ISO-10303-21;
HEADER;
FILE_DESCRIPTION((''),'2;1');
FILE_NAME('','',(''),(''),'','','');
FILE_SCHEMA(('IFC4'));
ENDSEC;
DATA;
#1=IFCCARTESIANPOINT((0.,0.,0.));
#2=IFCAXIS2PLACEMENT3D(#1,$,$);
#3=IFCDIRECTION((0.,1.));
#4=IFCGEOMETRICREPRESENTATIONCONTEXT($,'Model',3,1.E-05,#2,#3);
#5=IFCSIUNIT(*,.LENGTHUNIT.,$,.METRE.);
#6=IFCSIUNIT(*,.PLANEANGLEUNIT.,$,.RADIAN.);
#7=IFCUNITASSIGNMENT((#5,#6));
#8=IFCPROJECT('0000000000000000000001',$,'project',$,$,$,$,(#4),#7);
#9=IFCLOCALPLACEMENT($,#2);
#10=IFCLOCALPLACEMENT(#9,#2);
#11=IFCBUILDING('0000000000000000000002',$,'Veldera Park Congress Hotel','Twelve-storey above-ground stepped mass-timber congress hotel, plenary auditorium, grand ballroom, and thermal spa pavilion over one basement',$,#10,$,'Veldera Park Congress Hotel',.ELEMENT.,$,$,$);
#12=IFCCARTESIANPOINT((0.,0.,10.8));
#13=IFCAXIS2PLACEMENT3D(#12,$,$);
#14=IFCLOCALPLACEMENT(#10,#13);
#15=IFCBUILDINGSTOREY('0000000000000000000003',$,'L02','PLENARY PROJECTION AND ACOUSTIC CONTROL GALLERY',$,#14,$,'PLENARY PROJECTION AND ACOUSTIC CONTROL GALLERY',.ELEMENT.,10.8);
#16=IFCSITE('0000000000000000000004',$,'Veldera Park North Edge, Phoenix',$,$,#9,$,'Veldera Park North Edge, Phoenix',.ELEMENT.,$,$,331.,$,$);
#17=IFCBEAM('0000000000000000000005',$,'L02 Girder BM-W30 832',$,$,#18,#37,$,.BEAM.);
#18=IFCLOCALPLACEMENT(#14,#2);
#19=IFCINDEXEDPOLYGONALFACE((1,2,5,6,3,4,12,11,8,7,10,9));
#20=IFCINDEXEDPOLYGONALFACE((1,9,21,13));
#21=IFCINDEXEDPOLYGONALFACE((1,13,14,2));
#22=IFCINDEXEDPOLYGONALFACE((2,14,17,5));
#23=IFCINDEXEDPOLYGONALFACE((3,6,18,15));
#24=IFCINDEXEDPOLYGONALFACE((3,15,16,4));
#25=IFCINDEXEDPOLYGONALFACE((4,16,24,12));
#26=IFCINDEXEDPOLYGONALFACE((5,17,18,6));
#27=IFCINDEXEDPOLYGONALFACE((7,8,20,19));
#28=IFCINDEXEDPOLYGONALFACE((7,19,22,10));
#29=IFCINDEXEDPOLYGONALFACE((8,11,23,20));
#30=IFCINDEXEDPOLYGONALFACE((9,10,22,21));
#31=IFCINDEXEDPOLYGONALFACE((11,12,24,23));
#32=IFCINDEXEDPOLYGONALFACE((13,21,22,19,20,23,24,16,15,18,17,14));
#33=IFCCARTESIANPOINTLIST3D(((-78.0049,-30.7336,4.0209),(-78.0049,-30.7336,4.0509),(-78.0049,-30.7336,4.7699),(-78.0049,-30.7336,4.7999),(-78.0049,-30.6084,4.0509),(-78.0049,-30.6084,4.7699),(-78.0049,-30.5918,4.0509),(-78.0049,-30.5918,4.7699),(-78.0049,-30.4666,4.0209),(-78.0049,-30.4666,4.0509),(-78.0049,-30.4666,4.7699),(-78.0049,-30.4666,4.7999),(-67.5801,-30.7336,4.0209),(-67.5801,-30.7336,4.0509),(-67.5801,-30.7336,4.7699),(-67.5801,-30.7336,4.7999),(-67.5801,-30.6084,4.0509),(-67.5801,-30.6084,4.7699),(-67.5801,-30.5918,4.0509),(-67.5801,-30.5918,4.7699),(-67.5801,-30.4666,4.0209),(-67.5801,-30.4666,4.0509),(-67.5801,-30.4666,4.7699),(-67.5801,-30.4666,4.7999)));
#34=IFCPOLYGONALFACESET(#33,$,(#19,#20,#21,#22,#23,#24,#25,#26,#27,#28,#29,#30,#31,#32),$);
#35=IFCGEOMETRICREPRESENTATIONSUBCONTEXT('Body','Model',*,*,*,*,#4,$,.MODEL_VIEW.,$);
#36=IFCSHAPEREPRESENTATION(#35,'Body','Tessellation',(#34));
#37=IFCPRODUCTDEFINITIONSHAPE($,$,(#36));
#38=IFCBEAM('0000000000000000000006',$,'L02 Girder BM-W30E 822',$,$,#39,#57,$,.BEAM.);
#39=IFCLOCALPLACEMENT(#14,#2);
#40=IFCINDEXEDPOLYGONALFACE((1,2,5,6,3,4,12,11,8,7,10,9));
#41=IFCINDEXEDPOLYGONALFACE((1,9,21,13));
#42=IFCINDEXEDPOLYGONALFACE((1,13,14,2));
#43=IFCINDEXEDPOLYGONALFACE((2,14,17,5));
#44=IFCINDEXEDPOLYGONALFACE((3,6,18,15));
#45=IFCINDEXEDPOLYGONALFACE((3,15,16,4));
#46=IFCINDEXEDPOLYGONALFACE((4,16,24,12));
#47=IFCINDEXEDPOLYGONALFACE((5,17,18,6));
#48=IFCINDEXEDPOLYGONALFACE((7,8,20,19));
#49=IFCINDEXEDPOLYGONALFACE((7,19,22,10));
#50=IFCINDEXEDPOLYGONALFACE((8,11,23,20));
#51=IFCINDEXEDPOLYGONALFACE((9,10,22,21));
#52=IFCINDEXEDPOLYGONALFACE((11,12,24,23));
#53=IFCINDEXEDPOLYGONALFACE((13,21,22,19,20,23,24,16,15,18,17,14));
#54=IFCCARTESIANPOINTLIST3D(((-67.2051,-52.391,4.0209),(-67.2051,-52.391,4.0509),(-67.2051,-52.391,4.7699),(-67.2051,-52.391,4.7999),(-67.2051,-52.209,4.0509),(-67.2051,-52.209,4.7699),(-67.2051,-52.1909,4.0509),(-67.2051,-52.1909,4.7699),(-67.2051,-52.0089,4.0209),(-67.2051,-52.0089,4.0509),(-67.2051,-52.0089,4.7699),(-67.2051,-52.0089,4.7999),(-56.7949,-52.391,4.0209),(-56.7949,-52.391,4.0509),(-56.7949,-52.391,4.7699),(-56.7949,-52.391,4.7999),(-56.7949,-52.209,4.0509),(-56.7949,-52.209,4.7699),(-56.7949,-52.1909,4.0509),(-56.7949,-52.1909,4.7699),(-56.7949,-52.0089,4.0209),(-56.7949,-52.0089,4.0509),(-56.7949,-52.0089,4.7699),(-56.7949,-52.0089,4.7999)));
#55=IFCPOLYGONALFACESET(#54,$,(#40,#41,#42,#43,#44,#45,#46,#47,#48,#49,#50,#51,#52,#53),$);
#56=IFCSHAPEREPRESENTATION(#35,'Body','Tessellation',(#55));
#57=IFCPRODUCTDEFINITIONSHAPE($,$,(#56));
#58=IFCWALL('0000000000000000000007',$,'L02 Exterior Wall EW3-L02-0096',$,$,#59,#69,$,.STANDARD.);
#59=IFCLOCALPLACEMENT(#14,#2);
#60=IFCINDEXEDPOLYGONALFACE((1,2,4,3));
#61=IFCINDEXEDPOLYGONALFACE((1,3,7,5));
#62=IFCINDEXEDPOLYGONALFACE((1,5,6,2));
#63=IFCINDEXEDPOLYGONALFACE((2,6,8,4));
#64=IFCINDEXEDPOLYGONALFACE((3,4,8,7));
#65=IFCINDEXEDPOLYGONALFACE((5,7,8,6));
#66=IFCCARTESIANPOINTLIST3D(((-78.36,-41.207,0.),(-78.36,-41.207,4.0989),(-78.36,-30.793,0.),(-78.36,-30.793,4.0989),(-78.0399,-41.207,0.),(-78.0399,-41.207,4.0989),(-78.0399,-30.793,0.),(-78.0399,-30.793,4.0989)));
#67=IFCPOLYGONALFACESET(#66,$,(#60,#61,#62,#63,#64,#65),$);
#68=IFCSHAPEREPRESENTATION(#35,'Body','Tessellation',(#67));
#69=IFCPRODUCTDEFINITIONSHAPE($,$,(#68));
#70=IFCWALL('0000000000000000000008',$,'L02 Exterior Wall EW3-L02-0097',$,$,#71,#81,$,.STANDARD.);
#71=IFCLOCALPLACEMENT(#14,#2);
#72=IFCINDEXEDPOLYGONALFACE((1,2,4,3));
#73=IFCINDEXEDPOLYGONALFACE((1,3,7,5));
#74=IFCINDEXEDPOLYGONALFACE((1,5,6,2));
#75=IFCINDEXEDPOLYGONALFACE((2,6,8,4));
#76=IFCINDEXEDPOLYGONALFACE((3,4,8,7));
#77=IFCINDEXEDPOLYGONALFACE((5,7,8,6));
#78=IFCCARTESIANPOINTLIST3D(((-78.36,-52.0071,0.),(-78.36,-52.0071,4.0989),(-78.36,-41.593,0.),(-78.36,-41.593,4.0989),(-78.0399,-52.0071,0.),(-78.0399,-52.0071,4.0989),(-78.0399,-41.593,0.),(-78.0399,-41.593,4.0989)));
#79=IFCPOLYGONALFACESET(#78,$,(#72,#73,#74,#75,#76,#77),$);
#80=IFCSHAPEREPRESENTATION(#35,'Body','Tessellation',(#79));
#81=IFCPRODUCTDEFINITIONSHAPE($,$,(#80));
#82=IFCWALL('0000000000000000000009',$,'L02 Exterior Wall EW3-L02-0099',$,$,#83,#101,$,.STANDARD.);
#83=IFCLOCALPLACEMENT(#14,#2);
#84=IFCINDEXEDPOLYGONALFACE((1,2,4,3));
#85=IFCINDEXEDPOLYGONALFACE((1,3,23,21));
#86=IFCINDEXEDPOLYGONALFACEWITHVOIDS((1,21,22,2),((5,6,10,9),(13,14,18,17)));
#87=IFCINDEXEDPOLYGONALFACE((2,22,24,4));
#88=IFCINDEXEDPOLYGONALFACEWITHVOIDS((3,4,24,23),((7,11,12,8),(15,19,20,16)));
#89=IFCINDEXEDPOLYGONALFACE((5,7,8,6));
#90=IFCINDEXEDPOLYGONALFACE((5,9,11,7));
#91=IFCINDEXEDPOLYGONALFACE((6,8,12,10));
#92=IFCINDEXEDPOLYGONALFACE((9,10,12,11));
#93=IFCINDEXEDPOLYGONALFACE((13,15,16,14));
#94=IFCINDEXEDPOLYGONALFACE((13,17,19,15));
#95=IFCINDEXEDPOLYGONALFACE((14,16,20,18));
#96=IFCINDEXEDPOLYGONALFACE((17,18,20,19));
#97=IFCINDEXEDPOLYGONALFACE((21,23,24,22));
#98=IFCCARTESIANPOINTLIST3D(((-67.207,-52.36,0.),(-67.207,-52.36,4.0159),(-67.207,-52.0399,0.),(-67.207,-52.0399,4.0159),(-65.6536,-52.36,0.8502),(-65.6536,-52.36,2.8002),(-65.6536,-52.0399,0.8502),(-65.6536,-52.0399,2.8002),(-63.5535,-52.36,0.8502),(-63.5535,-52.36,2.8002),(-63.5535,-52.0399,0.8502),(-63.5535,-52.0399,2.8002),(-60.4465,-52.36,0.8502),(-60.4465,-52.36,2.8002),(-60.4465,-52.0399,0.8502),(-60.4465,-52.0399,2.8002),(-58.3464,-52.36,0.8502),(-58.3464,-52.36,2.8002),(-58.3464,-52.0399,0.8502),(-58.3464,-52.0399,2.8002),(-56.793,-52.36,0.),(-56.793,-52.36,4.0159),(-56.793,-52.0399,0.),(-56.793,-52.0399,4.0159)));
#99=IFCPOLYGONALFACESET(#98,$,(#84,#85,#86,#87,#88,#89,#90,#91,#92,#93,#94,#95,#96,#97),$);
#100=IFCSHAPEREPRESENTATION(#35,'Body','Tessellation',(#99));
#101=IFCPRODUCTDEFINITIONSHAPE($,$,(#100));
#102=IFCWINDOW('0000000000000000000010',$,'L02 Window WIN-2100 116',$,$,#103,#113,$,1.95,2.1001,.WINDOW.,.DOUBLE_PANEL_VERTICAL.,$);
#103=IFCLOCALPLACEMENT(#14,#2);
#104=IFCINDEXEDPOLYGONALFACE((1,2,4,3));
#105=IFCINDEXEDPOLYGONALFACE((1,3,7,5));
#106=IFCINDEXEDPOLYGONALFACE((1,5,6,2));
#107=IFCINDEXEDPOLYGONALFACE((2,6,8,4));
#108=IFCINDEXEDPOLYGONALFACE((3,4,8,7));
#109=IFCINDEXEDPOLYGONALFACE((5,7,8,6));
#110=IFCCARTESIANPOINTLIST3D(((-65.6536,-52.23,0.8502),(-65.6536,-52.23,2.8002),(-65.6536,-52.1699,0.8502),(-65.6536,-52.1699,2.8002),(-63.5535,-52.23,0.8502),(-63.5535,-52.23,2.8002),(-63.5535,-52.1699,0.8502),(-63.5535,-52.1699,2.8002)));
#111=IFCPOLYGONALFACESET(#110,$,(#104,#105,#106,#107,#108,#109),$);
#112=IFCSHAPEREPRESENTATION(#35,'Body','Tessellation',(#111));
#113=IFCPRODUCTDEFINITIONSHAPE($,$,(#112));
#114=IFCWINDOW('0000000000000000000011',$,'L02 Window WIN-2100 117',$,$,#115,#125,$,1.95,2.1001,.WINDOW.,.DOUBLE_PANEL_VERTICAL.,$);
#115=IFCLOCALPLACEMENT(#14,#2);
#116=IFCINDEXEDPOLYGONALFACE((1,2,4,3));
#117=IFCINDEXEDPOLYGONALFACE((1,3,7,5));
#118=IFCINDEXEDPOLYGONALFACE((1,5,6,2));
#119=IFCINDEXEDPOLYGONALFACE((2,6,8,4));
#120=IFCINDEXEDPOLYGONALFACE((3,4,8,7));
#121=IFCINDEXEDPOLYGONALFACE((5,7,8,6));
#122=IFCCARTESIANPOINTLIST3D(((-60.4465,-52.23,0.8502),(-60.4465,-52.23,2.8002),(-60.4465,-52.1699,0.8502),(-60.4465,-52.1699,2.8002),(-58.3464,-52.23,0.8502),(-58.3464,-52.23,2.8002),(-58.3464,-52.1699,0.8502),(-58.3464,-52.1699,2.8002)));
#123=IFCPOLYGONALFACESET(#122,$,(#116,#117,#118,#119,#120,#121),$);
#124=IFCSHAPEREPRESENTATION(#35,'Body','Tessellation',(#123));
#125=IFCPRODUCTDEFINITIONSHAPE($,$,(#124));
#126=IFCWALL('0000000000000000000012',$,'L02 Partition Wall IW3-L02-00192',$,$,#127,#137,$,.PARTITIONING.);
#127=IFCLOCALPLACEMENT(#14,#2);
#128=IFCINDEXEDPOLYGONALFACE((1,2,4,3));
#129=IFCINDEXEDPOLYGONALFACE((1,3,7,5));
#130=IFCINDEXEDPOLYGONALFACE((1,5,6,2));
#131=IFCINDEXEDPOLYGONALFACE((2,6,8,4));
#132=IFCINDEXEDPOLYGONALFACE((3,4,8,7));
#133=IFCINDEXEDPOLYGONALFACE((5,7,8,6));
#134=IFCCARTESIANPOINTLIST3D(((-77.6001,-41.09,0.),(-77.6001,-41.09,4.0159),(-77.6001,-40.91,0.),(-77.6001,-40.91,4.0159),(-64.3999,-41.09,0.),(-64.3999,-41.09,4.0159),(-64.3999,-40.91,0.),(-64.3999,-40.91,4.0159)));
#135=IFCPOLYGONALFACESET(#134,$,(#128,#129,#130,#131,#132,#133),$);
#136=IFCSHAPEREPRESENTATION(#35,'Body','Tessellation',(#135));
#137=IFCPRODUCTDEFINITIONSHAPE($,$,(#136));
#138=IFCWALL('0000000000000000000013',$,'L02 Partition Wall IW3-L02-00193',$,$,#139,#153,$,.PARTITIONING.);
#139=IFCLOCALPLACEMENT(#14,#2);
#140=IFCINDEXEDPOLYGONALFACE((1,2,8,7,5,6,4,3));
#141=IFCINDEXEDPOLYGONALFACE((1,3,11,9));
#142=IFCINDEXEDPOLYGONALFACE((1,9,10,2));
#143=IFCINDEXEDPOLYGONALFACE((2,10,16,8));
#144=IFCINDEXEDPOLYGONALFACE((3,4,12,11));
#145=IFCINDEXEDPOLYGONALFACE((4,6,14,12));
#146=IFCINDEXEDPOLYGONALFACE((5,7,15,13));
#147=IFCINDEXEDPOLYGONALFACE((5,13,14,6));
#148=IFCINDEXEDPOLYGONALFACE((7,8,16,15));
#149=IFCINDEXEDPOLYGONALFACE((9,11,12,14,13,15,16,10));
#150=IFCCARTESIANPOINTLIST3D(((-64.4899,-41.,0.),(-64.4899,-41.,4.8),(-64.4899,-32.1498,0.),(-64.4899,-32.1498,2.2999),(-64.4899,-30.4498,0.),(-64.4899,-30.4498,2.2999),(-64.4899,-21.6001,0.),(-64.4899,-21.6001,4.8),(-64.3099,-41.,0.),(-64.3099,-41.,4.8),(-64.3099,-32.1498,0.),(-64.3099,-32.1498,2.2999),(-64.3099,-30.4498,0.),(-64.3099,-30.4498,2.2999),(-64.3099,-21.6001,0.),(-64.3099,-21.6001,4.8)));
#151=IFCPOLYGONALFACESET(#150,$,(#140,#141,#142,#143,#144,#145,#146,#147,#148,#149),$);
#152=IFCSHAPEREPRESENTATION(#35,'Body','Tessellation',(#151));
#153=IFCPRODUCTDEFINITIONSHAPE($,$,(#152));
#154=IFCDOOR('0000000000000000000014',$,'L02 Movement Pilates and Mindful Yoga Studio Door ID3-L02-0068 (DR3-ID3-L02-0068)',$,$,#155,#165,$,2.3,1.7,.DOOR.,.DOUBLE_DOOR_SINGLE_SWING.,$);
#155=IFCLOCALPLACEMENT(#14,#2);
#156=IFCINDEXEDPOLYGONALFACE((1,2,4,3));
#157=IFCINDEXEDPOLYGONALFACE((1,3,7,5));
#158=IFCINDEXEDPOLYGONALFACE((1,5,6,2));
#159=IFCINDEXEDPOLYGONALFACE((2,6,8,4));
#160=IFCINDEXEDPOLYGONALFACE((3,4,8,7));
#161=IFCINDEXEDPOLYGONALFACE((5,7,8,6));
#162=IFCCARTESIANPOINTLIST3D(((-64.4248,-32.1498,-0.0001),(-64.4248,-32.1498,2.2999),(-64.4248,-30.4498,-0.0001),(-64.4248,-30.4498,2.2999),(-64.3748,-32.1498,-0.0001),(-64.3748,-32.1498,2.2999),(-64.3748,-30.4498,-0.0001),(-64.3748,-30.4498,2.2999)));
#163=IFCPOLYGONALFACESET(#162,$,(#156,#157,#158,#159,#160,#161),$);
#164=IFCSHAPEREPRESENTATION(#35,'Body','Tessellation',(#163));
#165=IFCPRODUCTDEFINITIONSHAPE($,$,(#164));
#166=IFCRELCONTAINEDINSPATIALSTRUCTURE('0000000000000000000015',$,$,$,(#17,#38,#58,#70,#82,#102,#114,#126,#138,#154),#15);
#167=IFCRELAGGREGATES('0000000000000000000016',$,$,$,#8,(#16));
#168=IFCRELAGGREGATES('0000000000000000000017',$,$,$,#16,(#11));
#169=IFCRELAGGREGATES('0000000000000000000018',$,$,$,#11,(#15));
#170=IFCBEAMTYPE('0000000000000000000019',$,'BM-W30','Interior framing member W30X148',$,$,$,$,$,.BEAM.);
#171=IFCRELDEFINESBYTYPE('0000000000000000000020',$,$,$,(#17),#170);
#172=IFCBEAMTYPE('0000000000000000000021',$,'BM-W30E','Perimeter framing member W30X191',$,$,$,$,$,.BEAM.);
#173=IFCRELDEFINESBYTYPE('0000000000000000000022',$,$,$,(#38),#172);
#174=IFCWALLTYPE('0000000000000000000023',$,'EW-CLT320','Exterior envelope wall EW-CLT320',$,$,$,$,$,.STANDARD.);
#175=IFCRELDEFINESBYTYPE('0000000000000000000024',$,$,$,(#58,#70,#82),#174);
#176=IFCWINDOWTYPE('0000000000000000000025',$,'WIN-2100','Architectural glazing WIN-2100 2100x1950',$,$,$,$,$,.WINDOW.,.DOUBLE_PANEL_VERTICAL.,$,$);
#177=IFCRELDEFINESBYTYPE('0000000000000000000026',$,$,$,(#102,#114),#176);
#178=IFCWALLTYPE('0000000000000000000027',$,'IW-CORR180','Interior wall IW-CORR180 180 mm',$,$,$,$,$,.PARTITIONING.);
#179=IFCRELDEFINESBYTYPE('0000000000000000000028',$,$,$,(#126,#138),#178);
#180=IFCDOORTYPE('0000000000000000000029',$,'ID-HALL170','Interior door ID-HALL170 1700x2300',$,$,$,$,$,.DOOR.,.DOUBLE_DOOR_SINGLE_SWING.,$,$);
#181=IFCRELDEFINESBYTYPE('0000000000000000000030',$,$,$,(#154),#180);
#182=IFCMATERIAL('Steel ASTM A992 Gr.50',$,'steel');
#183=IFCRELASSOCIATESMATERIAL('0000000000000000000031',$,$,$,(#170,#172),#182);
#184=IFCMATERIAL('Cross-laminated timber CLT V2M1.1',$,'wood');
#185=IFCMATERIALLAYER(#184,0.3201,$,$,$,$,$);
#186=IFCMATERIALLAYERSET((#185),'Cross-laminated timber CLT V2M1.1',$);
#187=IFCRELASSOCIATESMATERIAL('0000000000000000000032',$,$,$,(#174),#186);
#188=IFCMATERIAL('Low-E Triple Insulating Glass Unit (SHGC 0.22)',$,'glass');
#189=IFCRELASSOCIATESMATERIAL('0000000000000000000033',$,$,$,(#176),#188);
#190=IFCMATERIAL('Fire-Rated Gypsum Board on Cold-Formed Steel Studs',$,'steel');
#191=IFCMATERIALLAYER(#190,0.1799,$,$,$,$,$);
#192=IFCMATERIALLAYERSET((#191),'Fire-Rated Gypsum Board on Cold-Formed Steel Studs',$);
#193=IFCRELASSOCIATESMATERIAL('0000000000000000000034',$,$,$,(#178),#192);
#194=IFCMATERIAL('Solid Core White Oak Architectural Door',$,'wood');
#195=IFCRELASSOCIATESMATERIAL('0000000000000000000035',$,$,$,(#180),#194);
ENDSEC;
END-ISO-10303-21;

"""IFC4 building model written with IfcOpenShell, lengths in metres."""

from ifc_helpers import new_model, si_unit, direction, frame, frame_2d, origin, origin_2d, place, context, subcontext, project, spatial, rectangle, i_section, extrude, material, layer, layer_set, material_profile, profile_set, type_object, element, fill, save


model = new_model("IFC4")

# Units and contexts
model_context = context("Model", 3, precision=1e-05, world=origin(), true_north=direction((0.0, 1.0)))
body_context = subcontext(model_context, "Body", "Model", "MODEL_VIEW")
ifc_project = project(units=[si_unit("LENGTHUNIT", "METRE"), si_unit("PLANEANGLEUNIT", "RADIAN")], contexts=[model_context])

# Site, building, storey
site_placement = place(None, origin())
site = spatial("IfcSite", under=ifc_project, at=site_placement, Name="Veldera Park North Edge, Phoenix", LongName="Veldera Park North Edge, Phoenix", CompositionType="ELEMENT", RefElevation=331.0)
building_placement = place(site_placement, origin())
building = spatial("IfcBuilding", under=site, at=building_placement, Name="Veldera Park Congress Hotel", Description="Twelve-storey above-ground stepped mass-timber congress hotel, plenary auditorium, grand ballroom, and thermal spa pavilion over one basement", LongName="Veldera Park Congress Hotel", CompositionType="ELEMENT")
storey_placement = place(building_placement, frame((0.0, 0.0, 10.8)))
storey = spatial("IfcBuildingStorey", under=building, at=storey_placement, Name="L02", Description="PLENARY PROJECTION AND ACOUSTIC CONTROL GALLERY", LongName="PLENARY PROJECTION AND ACOUSTIC CONTROL GALLERY", CompositionType="ELEMENT", Elevation=10.8)

# Beams
ifc_material_1 = material(Name="Steel ASTM A992 Gr.50", Category="steel")
ifc_material_profile_1 = material_profile(ifc_material_1, i_section(OverallWidth=0.2671, OverallDepth=0.7791, WebThickness=0.0166, FlangeThickness=0.03, at=origin_2d()), Name="W30X148")
ifc_profile_set_1 = profile_set([ifc_material_profile_1], Name="Steel ASTM A992 Gr.50")
beam_type_1 = type_object("IfcBeamType", Name="BM-W30", Description="Interior framing member W30X148", PredefinedType="BEAM", material=ifc_profile_set_1)
beam_1_placement = place(storey_placement, frame((-78.0049, -30.6001, 4.4104), z_axis=(1.0, 0.0, 0.0), x_axis=(0.0, 1.0, 0.0)))
element("IfcBeam", 1, at=beam_1_placement, inside=storey, type_object=beam_type_1, Name="L02 Girder BM-W30 832", PredefinedType="BEAM", context=body_context, shape_type="SweptSolid", body=[
    extrude(i_section(OverallWidth=0.2671, OverallDepth=0.7791, WebThickness=0.0166, FlangeThickness=0.03, at=origin_2d()), origin(), (0.0, 0.0, 1.0), 10.4248),
])
ifc_material_profile_2 = material_profile(ifc_material_1, i_section(OverallWidth=0.3821, OverallDepth=0.7791, WebThickness=0.0181, FlangeThickness=0.03, at=origin_2d()), Name="W30X191")
ifc_profile_set_2 = profile_set([ifc_material_profile_2], Name="Steel ASTM A992 Gr.50")
beam_type_2 = type_object("IfcBeamType", Name="BM-W30E", Description="Perimeter framing member W30X191", PredefinedType="BEAM", material=ifc_profile_set_2)
beam_2_placement = place(storey_placement, frame((-67.2051, -52.2, 4.4104), z_axis=(1.0, 0.0, 0.0), x_axis=(0.0, 1.0, 0.0)))
element("IfcBeam", 2, at=beam_2_placement, inside=storey, type_object=beam_type_2, Name="L02 Girder BM-W30E 822", PredefinedType="BEAM", context=body_context, shape_type="SweptSolid", body=[
    extrude(i_section(OverallWidth=0.3821, OverallDepth=0.7791, WebThickness=0.0181, FlangeThickness=0.03, at=origin_2d()), origin(), (0.0, 0.0, 1.0), 10.4102),
])

# Walls
ifc_material_2 = material(Name="Cross-laminated timber CLT V2M1.1", Category="wood")
ifc_layer_1 = layer(ifc_material_2, 0.3201)
ifc_layer_set_1 = layer_set([ifc_layer_1], Name="Cross-laminated timber CLT V2M1.1")
wall_type_1 = type_object("IfcWallType", Name="EW-CLT320", Description="Exterior envelope wall EW-CLT320", PredefinedType="STANDARD", material=ifc_layer_set_1)
for number, where, z_axis, x_axis, name in (
    (3, (-78.2, -30.793, 0.0), (0.0, 0.0, 1.0), (0.0, -1.0, 0.0), "L02 Exterior Wall EW3-L02-0096"),
    (4, (-78.2, -41.593, 0.0), (0.0, 0.0, 1.0), (0.0, -1.0, 0.0), "L02 Exterior Wall EW3-L02-0097"),
):
    element("IfcWall", number, at=place(storey_placement, frame(where, z_axis=z_axis, x_axis=x_axis)), inside=storey, type_object=wall_type_1, Name=name, PredefinedType="STANDARD", context=body_context, shape_type="SweptSolid", body=[
        extrude(rectangle(XDim=10.4141, YDim=0.3201, at=frame_2d((5.207, 0.0))), origin(), (0.0, 0.0, 1.0), 4.0989),
    ])

# Wall, openings, windows
wall_1_placement = place(storey_placement, frame((-67.207, -52.2, 0.0), z_axis=(0.0, 0.0, 1.0), x_axis=(1.0, 0.0, 0.0)))
wall_1 = element("IfcWall", 5, at=wall_1_placement, inside=storey, type_object=wall_type_1, Name="L02 Exterior Wall EW3-L02-0099", PredefinedType="STANDARD", context=body_context, shape_type="SweptSolid", body=[
    extrude(rectangle(XDim=10.4141, YDim=0.3201, at=frame_2d((5.207, 0.0))), origin(), (0.0, 0.0, 1.0), 4.0159),
])
opening_1_placement = place(wall_1_placement, frame((1.5535, 0.0, 0.8501)))
opening_1 = element("IfcOpeningElement", 6, at=opening_1_placement, cuts=wall_1, PredefinedType="OPENING", context=body_context, shape_type="SweptSolid", body=[
    extrude(rectangle(XDim=2.1001, YDim=1.95, at=frame_2d((1.05, 0.9751))), frame((0.0, 0.1721, 0.0), z_axis=(0.0, -1.0, 0.0), x_axis=(1.0, 0.0, 0.0)), (0.0, 0.0, 1.0), 0.344),
])
opening_2_placement = place(wall_1_placement, frame((6.7605, 0.0, 0.8501)))
opening_2 = element("IfcOpeningElement", 7, at=opening_2_placement, cuts=wall_1, PredefinedType="OPENING", context=body_context, shape_type="SweptSolid", body=[
    extrude(rectangle(XDim=2.1001, YDim=1.95, at=frame_2d((1.05, 0.9751))), frame((0.0, 0.1721, 0.0), z_axis=(0.0, -1.0, 0.0), x_axis=(1.0, 0.0, 0.0)), (0.0, 0.0, 1.0), 0.344),
])
ifc_material_3 = material(Name="Low-E Triple Insulating Glass Unit (SHGC 0.22)", Category="glass")
window_type = type_object("IfcWindowType", Name="WIN-2100", Description="Architectural glazing WIN-2100 2100x1950", PartitioningType="DOUBLE_PANEL_VERTICAL", PredefinedType="WINDOW", material=ifc_material_3)
window_1_placement = place(opening_1_placement, origin())
window_1 = element("IfcWindow", 8, at=window_1_placement, inside=storey, type_object=window_type, Name="L02 Window WIN-2100 116", OverallHeight=1.95, OverallWidth=2.1001, PartitioningType="DOUBLE_PANEL_VERTICAL", PredefinedType="WINDOW", context=body_context, shape_type="SweptSolid", body=[
    extrude(rectangle(XDim=2.1001, YDim=1.95, at=frame_2d((1.05, 0.9751))), frame((0.0, 0.03, 0.0), z_axis=(0.0, -1.0, 0.0), x_axis=(1.0, 0.0, 0.0)), (0.0, 0.0, 1.0), 0.0601),
])
fill(opening_1, window_1)
window_2_placement = place(opening_2_placement, origin())
window_2 = element("IfcWindow", 9, at=window_2_placement, inside=storey, type_object=window_type, Name="L02 Window WIN-2100 117", OverallHeight=1.95, OverallWidth=2.1001, PartitioningType="DOUBLE_PANEL_VERTICAL", PredefinedType="WINDOW", context=body_context, shape_type="SweptSolid", body=[
    extrude(rectangle(XDim=2.1001, YDim=1.95, at=frame_2d((1.05, 0.9751))), frame((0.0, 0.03, 0.0), z_axis=(0.0, -1.0, 0.0), x_axis=(1.0, 0.0, 0.0)), (0.0, 0.0, 1.0), 0.0601),
])
fill(opening_2, window_2)

# Wall
ifc_material_4 = material(Name="Fire-Rated Gypsum Board on Cold-Formed Steel Studs", Category="steel")
ifc_layer_2 = layer(ifc_material_4, 0.1799)
ifc_layer_set_2 = layer_set([ifc_layer_2], Name="Fire-Rated Gypsum Board on Cold-Formed Steel Studs")
wall_type_2 = type_object("IfcWallType", Name="IW-CORR180", Description="Interior wall IW-CORR180 180 mm", PredefinedType="PARTITIONING", material=ifc_layer_set_2)
wall_2_placement = place(storey_placement, frame((-77.6001, -41.0, 0.0), z_axis=(0.0, 0.0, 1.0), x_axis=(1.0, 0.0, 0.0)))
element("IfcWall", 10, at=wall_2_placement, inside=storey, type_object=wall_type_2, Name="L02 Partition Wall IW3-L02-00192", PredefinedType="PARTITIONING", context=body_context, shape_type="SweptSolid", body=[
    extrude(rectangle(XDim=13.2002, YDim=0.1799, at=frame_2d((6.6001, 0.0))), origin(), (0.0, 0.0, 1.0), 4.0159),
])

# Wall, opening, door
wall_3_placement = place(storey_placement, frame((-64.3999, -41.0, 0.0), z_axis=(0.0, 0.0, 1.0), x_axis=(0.0, 1.0, 0.0)))
wall_3 = element("IfcWall", 11, at=wall_3_placement, inside=storey, type_object=wall_type_2, Name="L02 Partition Wall IW3-L02-00193", PredefinedType="PARTITIONING", context=body_context, shape_type="SweptSolid", body=[
    extrude(rectangle(XDim=19.3999, YDim=0.1799, at=frame_2d((9.7, 0.0))), origin(), (0.0, 0.0, 1.0), 4.8),
])
opening_3_placement = place(wall_3_placement, frame((8.8501, 0.0, 0.0)))
opening_3 = element("IfcOpeningElement", 12, at=opening_3_placement, cuts=wall_3, PredefinedType="OPENING", context=body_context, shape_type="SweptSolid", body=[
    extrude(rectangle(XDim=1.7, YDim=2.3, at=frame_2d((0.8501, 1.1499))), frame((0.0, 0.1021, 0.0), z_axis=(0.0, -1.0, 0.0), x_axis=(1.0, 0.0, 0.0)), (0.0, 0.0, 1.0), 0.2039),
])
ifc_material_5 = material(Name="Solid Core White Oak Architectural Door", Category="wood")
door_type = type_object("IfcDoorType", Name="ID-HALL170", Description="Interior door ID-HALL170 1700x2300", OperationType="DOUBLE_DOOR_SINGLE_SWING", PredefinedType="DOOR", material=ifc_material_5)
door_placement = place(opening_3_placement, origin())
door = element("IfcDoor", 13, at=door_placement, inside=storey, type_object=door_type, Name="L02 Movement Pilates and Mindful Yoga Studio Door ID3-L02-0068 (DR3-ID3-L02-0068)", OperationType="DOUBLE_DOOR_SINGLE_SWING", OverallHeight=2.3, OverallWidth=1.7, PredefinedType="DOOR", context=body_context, shape_type="SweptSolid", body=[
    extrude(rectangle(XDim=1.7, YDim=2.3, at=frame_2d((0.8501, 1.1499))), frame((0.0, 0.0249, 0.0), z_axis=(0.0, -1.0, 0.0), x_axis=(1.0, 0.0, 0.0)), (0.0, 0.0, 1.0), 0.05),
])
fill(opening_3, door)

save(model, "model.ifc")
